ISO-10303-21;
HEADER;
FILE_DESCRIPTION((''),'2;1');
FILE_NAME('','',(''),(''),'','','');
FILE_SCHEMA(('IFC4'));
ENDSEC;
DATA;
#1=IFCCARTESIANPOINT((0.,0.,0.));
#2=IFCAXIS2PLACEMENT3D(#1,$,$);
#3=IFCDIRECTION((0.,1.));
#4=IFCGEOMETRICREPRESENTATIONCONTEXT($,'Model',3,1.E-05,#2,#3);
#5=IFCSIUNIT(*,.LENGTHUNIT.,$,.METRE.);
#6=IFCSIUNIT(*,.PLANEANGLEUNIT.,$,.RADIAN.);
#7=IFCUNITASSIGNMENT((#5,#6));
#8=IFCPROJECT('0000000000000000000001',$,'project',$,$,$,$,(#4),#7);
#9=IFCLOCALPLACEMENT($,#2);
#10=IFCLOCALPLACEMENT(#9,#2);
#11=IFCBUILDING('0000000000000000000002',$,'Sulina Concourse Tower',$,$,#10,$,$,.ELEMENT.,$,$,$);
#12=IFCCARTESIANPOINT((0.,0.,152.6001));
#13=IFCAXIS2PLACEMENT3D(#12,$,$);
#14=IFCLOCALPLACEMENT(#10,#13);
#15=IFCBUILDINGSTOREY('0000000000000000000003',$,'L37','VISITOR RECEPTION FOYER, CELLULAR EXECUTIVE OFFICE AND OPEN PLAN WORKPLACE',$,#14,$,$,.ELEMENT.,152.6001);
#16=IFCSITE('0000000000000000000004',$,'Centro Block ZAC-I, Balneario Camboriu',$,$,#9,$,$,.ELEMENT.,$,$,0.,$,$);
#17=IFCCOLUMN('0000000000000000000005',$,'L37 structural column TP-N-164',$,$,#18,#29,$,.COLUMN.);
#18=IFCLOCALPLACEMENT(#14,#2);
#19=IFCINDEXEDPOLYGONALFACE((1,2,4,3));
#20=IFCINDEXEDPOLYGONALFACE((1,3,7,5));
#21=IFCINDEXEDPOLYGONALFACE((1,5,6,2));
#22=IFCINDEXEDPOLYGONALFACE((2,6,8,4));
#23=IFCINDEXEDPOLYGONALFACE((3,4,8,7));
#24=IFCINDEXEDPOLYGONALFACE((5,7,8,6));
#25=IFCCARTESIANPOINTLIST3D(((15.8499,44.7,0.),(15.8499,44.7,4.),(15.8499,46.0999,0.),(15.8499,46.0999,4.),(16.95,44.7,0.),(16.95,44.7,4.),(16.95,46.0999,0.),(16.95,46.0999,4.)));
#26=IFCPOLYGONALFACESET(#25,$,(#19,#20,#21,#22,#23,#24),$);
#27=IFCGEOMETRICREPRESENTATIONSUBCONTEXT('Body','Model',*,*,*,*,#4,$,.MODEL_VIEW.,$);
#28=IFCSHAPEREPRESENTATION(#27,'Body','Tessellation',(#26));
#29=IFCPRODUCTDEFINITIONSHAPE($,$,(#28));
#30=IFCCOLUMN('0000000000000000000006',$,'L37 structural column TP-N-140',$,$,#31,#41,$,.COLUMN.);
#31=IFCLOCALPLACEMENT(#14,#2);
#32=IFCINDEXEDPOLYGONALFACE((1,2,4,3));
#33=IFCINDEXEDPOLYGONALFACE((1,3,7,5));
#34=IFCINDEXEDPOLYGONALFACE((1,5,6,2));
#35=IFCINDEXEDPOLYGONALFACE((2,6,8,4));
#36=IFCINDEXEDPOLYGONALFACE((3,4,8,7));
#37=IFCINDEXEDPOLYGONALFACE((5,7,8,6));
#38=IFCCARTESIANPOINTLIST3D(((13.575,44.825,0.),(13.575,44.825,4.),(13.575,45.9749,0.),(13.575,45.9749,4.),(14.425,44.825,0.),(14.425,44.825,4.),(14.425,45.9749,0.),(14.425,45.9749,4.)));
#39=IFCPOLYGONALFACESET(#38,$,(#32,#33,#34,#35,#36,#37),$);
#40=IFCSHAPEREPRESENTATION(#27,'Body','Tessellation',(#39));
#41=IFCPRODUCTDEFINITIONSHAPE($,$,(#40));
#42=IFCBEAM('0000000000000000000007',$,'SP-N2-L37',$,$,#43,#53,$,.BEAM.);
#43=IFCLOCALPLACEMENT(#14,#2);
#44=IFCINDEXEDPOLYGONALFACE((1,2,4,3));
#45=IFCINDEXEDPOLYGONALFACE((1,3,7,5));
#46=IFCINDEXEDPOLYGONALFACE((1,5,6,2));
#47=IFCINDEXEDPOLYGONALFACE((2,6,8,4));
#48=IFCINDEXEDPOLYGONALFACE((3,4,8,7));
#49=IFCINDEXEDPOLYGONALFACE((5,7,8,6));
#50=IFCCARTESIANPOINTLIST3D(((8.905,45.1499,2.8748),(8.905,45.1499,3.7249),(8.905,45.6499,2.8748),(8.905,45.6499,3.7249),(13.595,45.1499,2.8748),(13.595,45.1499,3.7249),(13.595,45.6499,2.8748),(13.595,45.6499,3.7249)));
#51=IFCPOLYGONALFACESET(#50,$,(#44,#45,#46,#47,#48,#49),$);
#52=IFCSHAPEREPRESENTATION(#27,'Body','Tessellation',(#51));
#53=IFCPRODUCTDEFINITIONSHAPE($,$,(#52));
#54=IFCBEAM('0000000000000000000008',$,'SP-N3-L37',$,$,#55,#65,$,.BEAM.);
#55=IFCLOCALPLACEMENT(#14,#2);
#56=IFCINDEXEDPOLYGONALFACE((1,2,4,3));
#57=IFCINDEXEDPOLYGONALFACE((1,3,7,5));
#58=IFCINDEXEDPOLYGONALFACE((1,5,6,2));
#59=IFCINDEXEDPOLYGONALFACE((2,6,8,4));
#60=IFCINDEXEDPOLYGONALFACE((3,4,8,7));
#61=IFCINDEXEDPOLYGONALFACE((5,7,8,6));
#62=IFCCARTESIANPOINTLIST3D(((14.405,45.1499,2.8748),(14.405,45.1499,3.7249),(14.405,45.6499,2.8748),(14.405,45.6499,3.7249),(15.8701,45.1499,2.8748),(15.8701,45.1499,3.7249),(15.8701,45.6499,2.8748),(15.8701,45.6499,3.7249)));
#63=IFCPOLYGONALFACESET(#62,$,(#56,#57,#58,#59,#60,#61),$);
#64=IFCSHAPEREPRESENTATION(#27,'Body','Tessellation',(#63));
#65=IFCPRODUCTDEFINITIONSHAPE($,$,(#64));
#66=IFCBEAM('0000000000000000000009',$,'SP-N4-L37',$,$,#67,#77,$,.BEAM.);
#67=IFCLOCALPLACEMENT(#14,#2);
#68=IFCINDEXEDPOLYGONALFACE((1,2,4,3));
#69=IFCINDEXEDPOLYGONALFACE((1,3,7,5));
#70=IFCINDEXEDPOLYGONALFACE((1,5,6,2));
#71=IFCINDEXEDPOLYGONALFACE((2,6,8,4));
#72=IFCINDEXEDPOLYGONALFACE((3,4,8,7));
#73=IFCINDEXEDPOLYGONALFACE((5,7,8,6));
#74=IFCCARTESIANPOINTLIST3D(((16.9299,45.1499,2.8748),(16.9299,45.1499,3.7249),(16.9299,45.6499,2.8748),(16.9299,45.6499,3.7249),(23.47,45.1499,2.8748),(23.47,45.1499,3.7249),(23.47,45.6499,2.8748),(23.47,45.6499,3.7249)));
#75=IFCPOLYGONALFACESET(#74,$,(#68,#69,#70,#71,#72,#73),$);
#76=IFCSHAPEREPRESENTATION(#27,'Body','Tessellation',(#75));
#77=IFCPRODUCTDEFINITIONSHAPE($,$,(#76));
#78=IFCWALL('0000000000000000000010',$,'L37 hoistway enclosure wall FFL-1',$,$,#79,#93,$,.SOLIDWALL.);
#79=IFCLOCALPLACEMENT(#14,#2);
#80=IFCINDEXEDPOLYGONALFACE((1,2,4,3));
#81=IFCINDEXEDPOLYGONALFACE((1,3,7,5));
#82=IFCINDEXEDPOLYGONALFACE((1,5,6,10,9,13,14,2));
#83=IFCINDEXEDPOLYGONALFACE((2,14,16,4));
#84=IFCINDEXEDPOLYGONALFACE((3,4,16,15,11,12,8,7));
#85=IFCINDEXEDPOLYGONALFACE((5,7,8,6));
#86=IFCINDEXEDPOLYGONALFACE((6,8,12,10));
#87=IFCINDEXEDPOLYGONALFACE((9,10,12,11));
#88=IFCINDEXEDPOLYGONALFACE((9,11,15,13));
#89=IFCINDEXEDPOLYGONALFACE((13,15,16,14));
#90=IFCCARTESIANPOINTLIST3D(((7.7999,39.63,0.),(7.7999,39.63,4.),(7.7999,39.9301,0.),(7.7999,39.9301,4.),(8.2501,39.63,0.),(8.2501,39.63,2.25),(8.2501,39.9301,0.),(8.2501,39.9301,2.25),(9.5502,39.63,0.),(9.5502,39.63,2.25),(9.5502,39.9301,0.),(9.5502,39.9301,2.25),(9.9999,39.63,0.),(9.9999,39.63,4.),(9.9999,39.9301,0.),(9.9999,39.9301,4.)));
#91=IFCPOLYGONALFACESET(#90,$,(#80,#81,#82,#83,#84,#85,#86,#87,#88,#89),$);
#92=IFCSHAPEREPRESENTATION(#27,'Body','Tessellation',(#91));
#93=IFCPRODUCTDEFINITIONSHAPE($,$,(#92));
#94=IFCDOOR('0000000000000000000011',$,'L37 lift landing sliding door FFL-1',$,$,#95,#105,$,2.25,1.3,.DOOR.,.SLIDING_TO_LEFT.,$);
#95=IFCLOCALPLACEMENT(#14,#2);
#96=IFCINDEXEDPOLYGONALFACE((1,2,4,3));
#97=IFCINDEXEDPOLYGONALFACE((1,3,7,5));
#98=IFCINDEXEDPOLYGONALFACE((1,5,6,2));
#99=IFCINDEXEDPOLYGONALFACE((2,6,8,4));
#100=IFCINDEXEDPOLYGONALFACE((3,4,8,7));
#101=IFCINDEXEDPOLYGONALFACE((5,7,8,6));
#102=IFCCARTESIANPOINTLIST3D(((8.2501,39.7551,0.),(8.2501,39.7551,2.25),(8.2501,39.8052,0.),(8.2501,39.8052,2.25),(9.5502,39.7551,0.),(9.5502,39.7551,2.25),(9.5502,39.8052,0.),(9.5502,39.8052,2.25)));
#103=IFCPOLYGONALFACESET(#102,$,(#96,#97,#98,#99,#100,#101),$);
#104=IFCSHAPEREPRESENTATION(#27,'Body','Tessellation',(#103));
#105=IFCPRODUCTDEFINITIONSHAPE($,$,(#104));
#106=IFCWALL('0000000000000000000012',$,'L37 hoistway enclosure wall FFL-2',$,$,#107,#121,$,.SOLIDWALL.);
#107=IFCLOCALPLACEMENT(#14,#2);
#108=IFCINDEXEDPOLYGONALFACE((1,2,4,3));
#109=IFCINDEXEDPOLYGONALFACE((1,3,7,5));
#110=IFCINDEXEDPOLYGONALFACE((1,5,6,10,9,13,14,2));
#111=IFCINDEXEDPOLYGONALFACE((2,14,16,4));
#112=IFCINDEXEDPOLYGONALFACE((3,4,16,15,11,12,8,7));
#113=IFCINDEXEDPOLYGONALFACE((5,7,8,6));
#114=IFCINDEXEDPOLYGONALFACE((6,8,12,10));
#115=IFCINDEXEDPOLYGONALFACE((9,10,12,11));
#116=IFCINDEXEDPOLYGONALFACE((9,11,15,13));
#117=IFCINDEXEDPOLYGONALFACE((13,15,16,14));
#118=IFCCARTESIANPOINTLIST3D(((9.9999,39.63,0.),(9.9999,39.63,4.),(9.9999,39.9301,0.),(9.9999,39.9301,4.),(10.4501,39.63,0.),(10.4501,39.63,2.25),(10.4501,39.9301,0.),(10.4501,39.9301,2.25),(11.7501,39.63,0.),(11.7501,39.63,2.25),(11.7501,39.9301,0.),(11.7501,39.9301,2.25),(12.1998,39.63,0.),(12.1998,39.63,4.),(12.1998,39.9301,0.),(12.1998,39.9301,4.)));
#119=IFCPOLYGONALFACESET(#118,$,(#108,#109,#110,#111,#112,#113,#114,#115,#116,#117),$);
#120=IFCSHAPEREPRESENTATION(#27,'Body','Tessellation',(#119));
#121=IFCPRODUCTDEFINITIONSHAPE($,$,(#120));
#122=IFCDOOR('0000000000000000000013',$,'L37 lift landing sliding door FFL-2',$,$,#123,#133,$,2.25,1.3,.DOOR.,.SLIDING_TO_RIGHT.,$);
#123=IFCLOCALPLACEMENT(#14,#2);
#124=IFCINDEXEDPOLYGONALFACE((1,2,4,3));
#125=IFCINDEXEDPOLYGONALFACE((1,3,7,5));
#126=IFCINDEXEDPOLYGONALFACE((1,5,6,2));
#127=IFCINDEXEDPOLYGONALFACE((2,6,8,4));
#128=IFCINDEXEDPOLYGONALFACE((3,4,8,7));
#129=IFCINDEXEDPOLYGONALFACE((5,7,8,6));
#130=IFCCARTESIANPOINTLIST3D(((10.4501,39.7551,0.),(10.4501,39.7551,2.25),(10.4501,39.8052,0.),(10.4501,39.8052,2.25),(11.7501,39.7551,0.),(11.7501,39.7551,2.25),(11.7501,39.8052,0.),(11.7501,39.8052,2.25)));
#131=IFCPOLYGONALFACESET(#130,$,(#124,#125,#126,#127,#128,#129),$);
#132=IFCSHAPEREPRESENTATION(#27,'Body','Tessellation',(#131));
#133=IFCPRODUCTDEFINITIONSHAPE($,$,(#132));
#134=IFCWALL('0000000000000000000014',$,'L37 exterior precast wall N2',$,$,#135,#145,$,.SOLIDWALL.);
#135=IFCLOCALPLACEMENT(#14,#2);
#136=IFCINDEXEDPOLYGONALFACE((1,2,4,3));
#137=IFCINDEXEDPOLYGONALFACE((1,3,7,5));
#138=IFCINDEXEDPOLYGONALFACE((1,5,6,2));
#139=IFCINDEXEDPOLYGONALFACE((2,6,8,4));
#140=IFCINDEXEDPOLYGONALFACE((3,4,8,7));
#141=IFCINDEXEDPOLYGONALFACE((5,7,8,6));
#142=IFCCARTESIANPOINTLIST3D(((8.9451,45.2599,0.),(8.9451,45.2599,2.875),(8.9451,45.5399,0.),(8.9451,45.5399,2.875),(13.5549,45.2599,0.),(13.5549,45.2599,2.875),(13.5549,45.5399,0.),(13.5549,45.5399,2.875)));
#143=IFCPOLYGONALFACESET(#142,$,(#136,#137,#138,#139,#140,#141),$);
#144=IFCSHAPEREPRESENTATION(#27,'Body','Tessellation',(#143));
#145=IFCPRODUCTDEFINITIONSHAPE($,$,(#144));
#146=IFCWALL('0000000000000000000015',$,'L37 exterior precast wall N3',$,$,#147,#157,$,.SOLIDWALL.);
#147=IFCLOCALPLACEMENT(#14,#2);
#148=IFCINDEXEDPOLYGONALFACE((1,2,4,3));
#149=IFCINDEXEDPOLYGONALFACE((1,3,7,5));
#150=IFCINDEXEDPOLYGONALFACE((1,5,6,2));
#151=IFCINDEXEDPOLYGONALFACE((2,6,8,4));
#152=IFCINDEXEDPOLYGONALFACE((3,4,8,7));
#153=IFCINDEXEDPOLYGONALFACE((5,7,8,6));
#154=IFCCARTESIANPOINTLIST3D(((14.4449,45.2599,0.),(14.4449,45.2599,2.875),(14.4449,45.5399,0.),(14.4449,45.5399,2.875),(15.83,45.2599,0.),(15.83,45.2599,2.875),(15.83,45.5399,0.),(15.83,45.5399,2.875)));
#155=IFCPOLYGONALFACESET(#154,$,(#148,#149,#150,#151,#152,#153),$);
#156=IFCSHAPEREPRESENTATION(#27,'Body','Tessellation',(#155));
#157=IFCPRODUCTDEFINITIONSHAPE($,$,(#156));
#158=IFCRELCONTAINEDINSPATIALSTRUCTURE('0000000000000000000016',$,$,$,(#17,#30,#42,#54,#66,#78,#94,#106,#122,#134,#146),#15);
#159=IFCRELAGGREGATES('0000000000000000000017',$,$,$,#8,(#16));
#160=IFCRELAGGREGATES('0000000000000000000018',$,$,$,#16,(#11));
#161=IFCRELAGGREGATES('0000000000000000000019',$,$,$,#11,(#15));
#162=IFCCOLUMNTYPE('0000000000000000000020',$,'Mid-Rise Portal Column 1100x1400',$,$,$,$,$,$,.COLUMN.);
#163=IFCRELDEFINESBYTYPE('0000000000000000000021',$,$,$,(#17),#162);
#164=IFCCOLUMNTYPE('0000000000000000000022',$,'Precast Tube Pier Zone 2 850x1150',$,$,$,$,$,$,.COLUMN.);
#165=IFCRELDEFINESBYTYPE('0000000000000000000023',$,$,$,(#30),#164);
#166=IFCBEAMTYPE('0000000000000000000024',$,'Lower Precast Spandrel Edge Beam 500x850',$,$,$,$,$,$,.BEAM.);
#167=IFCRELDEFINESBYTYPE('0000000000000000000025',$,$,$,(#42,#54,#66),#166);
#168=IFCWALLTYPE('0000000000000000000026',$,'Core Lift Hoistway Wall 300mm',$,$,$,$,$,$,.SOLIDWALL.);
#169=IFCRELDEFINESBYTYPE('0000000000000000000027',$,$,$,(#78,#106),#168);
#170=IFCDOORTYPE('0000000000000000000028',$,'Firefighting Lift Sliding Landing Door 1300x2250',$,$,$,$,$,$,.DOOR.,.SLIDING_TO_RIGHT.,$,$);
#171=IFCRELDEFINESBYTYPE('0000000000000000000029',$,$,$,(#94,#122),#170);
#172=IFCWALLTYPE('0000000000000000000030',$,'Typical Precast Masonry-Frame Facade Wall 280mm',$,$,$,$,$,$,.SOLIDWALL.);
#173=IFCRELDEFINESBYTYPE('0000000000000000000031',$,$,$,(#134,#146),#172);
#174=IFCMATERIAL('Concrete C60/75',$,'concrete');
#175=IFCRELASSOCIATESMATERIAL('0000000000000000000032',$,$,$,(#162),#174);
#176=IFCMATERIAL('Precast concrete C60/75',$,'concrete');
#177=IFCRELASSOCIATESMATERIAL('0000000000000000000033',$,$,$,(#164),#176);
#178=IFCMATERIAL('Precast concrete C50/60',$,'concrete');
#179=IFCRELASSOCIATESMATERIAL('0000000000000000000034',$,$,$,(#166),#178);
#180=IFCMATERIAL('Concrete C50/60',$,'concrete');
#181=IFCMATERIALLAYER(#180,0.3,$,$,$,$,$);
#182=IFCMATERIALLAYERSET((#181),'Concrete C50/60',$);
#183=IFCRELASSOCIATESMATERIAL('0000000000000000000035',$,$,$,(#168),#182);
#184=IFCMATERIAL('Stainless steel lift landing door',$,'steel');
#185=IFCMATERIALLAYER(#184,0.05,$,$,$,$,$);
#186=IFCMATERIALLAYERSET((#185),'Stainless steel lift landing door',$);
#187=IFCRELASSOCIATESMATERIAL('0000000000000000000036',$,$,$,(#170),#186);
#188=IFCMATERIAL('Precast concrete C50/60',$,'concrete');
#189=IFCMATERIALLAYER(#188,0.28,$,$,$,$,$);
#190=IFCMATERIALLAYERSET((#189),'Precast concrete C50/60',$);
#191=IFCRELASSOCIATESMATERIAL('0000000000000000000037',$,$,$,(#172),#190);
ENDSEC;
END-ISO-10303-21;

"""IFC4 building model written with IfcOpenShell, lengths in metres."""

from ifc_helpers import new_model, si_unit, direction, frame, frame_2d, origin, origin_2d, place, context, subcontext, project, spatial, rectangle, extrude, material, layer, layer_set, material_profile, profile_set, type_object, element, fill, save


model = new_model("IFC4")

# Units and contexts
model_context = context("Model", 3, precision=1e-05, world=origin(), true_north=direction((0.0, 1.0)))
body_context = subcontext(model_context, "Body", "Model", "MODEL_VIEW")
ifc_project = project(units=[si_unit("LENGTHUNIT", "METRE"), si_unit("PLANEANGLEUNIT", "RADIAN")], contexts=[model_context])

# Site, building, storey
site_placement = place(None, origin())
site = spatial("IfcSite", under=ifc_project, at=site_placement, Name="Centro Block ZAC-I, Balneario Camboriu", CompositionType="ELEMENT", RefElevation=0.0)
building_placement = place(site_placement, origin())
building = spatial("IfcBuilding", under=site, at=building_placement, Name="Sulina Concourse Tower", CompositionType="ELEMENT")
storey_placement = place(building_placement, frame((0.0, 0.0, 152.6001)))
storey = spatial("IfcBuildingStorey", under=building, at=storey_placement, Name="L37", Description="VISITOR RECEPTION FOYER, CELLULAR EXECUTIVE OFFICE AND OPEN PLAN WORKPLACE", CompositionType="ELEMENT", Elevation=152.6001)

# Columns
ifc_material_1 = material(Name="Concrete C60/75", Category="concrete")
ifc_material_profile_1 = material_profile(ifc_material_1, rectangle(XDim=1.1001, YDim=1.3999, at=origin_2d()), Name="RC 1100x1400")
ifc_profile_set_1 = profile_set([ifc_material_profile_1], Name="Concrete C60/75")
column_type_1 = type_object("IfcColumnType", Name="Mid-Rise Portal Column 1100x1400", PredefinedType="COLUMN", material=ifc_profile_set_1)
column_1_placement = place(storey_placement, frame((16.3999, 45.3999, 0.0), z_axis=(0.0, 0.0, 1.0), x_axis=(1.0, 0.0, 0.0)))
element("IfcColumn", 1, at=column_1_placement, inside=storey, type_object=column_type_1, Name="L37 structural column TP-N-164", PredefinedType="COLUMN", context=body_context, shape_type="SweptSolid", body=[
    extrude(rectangle(XDim=1.1001, YDim=1.3999, at=origin_2d()), origin(), (0.0, 0.0, 1.0), 4.0),
])
ifc_material_2 = material(Name="Precast concrete C60/75", Category="concrete")
ifc_material_profile_2 = material_profile(ifc_material_2, rectangle(XDim=0.8501, YDim=1.1499, at=origin_2d()), Name="PC 850x1150")
ifc_profile_set_2 = profile_set([ifc_material_profile_2], Name="Precast concrete C60/75")
column_type_2 = type_object("IfcColumnType", Name="Precast Tube Pier Zone 2 850x1150", PredefinedType="COLUMN", material=ifc_profile_set_2)
column_2_placement = place(storey_placement, frame((14.0, 45.3999, 0.0), z_axis=(0.0, 0.0, 1.0), x_axis=(1.0, 0.0, 0.0)))
element("IfcColumn", 2, at=column_2_placement, inside=storey, type_object=column_type_2, Name="L37 structural column TP-N-140", PredefinedType="COLUMN", context=body_context, shape_type="SweptSolid", body=[
    extrude(rectangle(XDim=0.8501, YDim=1.1499, at=origin_2d()), origin(), (0.0, 0.0, 1.0), 4.0),
])

# Beams
ifc_material_3 = material(Name="Precast concrete C50/60", Category="concrete")
ifc_material_profile_3 = material_profile(ifc_material_3, rectangle(XDim=0.5, YDim=0.8501, at=origin_2d()), Name="RC 500x850")
ifc_profile_set_3 = profile_set([ifc_material_profile_3], Name="Precast concrete C50/60")
beam_type = type_object("IfcBeamType", Name="Lower Precast Spandrel Edge Beam 500x850", PredefinedType="BEAM", material=ifc_profile_set_3)
beam_1_placement = place(storey_placement, frame((8.905, 45.3999, 3.2998), z_axis=(1.0, 0.0, 0.0), x_axis=(0.0, 1.0, 0.0)))
element("IfcBeam", 3, at=beam_1_placement, inside=storey, type_object=beam_type, Name="SP-N2-L37", PredefinedType="BEAM", context=body_context, shape_type="SweptSolid", body=[
    extrude(rectangle(XDim=0.5, YDim=0.8501, at=origin_2d()), origin(), (0.0, 0.0, 1.0), 4.6899),
])
beam_2_placement = place(storey_placement, frame((14.405, 45.3999, 3.2998), z_axis=(1.0, 0.0, 0.0), x_axis=(0.0, 1.0, 0.0)))
element("IfcBeam", 4, at=beam_2_placement, inside=storey, type_object=beam_type, Name="SP-N3-L37", PredefinedType="BEAM", context=body_context, shape_type="SweptSolid", body=[
    extrude(rectangle(XDim=0.5, YDim=0.8501, at=origin_2d()), origin(), (0.0, 0.0, 1.0), 1.4651),
])
beam_3_placement = place(storey_placement, frame((16.9299, 45.3999, 3.2998), z_axis=(1.0, 0.0, 0.0), x_axis=(0.0, 1.0, 0.0)))
element("IfcBeam", 5, at=beam_3_placement, inside=storey, type_object=beam_type, Name="SP-N4-L37", PredefinedType="BEAM", context=body_context, shape_type="SweptSolid", body=[
    extrude(rectangle(XDim=0.5, YDim=0.8501, at=origin_2d()), origin(), (0.0, 0.0, 1.0), 6.54),
])

# Walls, openings, doors
ifc_material_4 = material(Name="Concrete C50/60", Category="concrete")
ifc_layer_1 = layer(ifc_material_4, 0.3)
ifc_layer_set_1 = layer_set([ifc_layer_1], Name="Concrete C50/60")
wall_type_1 = type_object("IfcWallType", Name="Core Lift Hoistway Wall 300mm", PredefinedType="SOLIDWALL", material=ifc_layer_set_1)
wall_1_placement = place(storey_placement, frame((10.0, 39.78, 0.0), z_axis=(0.0, 0.0, 1.0), x_axis=(-1.0, 0.0, 0.0)))
wall_1 = element("IfcWall", 6, at=wall_1_placement, inside=storey, type_object=wall_type_1, Name="L37 hoistway enclosure wall FFL-1", PredefinedType="SOLIDWALL", context=body_context, shape_type="SweptSolid", body=[
    extrude(rectangle(XDim=2.2, YDim=0.3, at=frame_2d((1.1001, 0.0))), origin(), (0.0, 0.0, 1.0), 4.0),
])
opening_1_placement = place(wall_1_placement, frame((0.45, 0.0, 0.0)))
opening_1 = element("IfcOpeningElement", 7, at=opening_1_placement, cuts=wall_1, PredefinedType="OPENING", context=body_context, shape_type="SweptSolid", body=[
    extrude(rectangle(XDim=1.3, YDim=2.25, at=frame_2d((0.6499, 1.125))), frame((0.0, 0.1599, 0.0), z_axis=(0.0, -1.0, 0.0), x_axis=(1.0, 0.0, 0.0)), (0.0, 0.0, 1.0), 0.3201),
])
ifc_material_5 = material(Name="Stainless steel lift landing door", Category="steel")
ifc_layer_2 = layer(ifc_material_5, 0.05)
ifc_layer_set_2 = layer_set([ifc_layer_2], Name="Stainless steel lift landing door")
door_type = type_object("IfcDoorType", Name="Firefighting Lift Sliding Landing Door 1300x2250", OperationType="SLIDING_TO_RIGHT", PredefinedType="DOOR", material=ifc_layer_set_2)
door_1_placement = place(opening_1_placement, origin())
door_1 = element("IfcDoor", 8, at=door_1_placement, inside=storey, type_object=door_type, Name="L37 lift landing sliding door FFL-1", OperationType="SLIDING_TO_LEFT", OverallHeight=2.25, OverallWidth=1.3, PredefinedType="DOOR", context=body_context, shape_type="SweptSolid", body=[
    extrude(rectangle(XDim=1.3, YDim=2.25, at=frame_2d((0.6499, 1.125))), frame((0.0, 0.0249, 0.0), z_axis=(0.0, -1.0, 0.0), x_axis=(1.0, 0.0, 0.0)), (0.0, 0.0, 1.0), 0.05),
])
fill(opening_1, door_1)
wall_2_placement = place(storey_placement, frame((12.2, 39.78, 0.0), z_axis=(0.0, 0.0, 1.0), x_axis=(-1.0, 0.0, 0.0)))
wall_2 = element("IfcWall", 9, at=wall_2_placement, inside=storey, type_object=wall_type_1, Name="L37 hoistway enclosure wall FFL-2", PredefinedType="SOLIDWALL", context=body_context, shape_type="SweptSolid", body=[
    extrude(rectangle(XDim=2.2, YDim=0.3, at=frame_2d((1.1001, 0.0))), origin(), (0.0, 0.0, 1.0), 4.0),
])
opening_2_placement = place(wall_2_placement, frame((0.45, 0.0, 0.0)))
opening_2 = element("IfcOpeningElement", 10, at=opening_2_placement, cuts=wall_2, PredefinedType="OPENING", context=body_context, shape_type="SweptSolid", body=[
    extrude(rectangle(XDim=1.3, YDim=2.25, at=frame_2d((0.6499, 1.125))), frame((0.0, 0.1599, 0.0), z_axis=(0.0, -1.0, 0.0), x_axis=(1.0, 0.0, 0.0)), (0.0, 0.0, 1.0), 0.3201),
])
door_2_placement = place(opening_2_placement, origin())
door_2 = element("IfcDoor", 11, at=door_2_placement, inside=storey, type_object=door_type, Name="L37 lift landing sliding door FFL-2", OperationType="SLIDING_TO_RIGHT", OverallHeight=2.25, OverallWidth=1.3, PredefinedType="DOOR", context=body_context, shape_type="SweptSolid", body=[
    extrude(rectangle(XDim=1.3, YDim=2.25, at=frame_2d((0.6499, 1.125))), frame((0.0, 0.0249, 0.0), z_axis=(0.0, -1.0, 0.0), x_axis=(1.0, 0.0, 0.0)), (0.0, 0.0, 1.0), 0.05),
])
fill(opening_2, door_2)

# Walls
ifc_material_6 = material(Name="Precast concrete C50/60", Category="concrete")
ifc_layer_3 = layer(ifc_material_6, 0.28)
ifc_layer_set_3 = layer_set([ifc_layer_3], Name="Precast concrete C50/60")
wall_type_2 = type_object("IfcWallType", Name="Typical Precast Masonry-Frame Facade Wall 280mm", PredefinedType="SOLIDWALL", material=ifc_layer_set_3)
wall_3_placement = place(storey_placement, frame((8.9451, 45.3999, 0.0), z_axis=(0.0, 0.0, 1.0), x_axis=(1.0, 0.0, 0.0)))
element("IfcWall", 12, at=wall_3_placement, inside=storey, type_object=wall_type_2, Name="L37 exterior precast wall N2", PredefinedType="SOLIDWALL", context=body_context, shape_type="SweptSolid", body=[
    extrude(rectangle(XDim=4.6099, YDim=0.28, at=frame_2d((2.3049, 0.0))), origin(), (0.0, 0.0, 1.0), 2.875),
])
wall_4_placement = place(storey_placement, frame((14.4451, 45.3999, 0.0), z_axis=(0.0, 0.0, 1.0), x_axis=(1.0, 0.0, 0.0)))
element("IfcWall", 13, at=wall_4_placement, inside=storey, type_object=wall_type_2, Name="L37 exterior precast wall N3", PredefinedType="SOLIDWALL", context=body_context, shape_type="SweptSolid", body=[
    extrude(rectangle(XDim=1.385, YDim=0.28, at=frame_2d((0.6924, 0.0))), origin(), (0.0, 0.0, 1.0), 2.875),
])

save(model, "model.ifc")
